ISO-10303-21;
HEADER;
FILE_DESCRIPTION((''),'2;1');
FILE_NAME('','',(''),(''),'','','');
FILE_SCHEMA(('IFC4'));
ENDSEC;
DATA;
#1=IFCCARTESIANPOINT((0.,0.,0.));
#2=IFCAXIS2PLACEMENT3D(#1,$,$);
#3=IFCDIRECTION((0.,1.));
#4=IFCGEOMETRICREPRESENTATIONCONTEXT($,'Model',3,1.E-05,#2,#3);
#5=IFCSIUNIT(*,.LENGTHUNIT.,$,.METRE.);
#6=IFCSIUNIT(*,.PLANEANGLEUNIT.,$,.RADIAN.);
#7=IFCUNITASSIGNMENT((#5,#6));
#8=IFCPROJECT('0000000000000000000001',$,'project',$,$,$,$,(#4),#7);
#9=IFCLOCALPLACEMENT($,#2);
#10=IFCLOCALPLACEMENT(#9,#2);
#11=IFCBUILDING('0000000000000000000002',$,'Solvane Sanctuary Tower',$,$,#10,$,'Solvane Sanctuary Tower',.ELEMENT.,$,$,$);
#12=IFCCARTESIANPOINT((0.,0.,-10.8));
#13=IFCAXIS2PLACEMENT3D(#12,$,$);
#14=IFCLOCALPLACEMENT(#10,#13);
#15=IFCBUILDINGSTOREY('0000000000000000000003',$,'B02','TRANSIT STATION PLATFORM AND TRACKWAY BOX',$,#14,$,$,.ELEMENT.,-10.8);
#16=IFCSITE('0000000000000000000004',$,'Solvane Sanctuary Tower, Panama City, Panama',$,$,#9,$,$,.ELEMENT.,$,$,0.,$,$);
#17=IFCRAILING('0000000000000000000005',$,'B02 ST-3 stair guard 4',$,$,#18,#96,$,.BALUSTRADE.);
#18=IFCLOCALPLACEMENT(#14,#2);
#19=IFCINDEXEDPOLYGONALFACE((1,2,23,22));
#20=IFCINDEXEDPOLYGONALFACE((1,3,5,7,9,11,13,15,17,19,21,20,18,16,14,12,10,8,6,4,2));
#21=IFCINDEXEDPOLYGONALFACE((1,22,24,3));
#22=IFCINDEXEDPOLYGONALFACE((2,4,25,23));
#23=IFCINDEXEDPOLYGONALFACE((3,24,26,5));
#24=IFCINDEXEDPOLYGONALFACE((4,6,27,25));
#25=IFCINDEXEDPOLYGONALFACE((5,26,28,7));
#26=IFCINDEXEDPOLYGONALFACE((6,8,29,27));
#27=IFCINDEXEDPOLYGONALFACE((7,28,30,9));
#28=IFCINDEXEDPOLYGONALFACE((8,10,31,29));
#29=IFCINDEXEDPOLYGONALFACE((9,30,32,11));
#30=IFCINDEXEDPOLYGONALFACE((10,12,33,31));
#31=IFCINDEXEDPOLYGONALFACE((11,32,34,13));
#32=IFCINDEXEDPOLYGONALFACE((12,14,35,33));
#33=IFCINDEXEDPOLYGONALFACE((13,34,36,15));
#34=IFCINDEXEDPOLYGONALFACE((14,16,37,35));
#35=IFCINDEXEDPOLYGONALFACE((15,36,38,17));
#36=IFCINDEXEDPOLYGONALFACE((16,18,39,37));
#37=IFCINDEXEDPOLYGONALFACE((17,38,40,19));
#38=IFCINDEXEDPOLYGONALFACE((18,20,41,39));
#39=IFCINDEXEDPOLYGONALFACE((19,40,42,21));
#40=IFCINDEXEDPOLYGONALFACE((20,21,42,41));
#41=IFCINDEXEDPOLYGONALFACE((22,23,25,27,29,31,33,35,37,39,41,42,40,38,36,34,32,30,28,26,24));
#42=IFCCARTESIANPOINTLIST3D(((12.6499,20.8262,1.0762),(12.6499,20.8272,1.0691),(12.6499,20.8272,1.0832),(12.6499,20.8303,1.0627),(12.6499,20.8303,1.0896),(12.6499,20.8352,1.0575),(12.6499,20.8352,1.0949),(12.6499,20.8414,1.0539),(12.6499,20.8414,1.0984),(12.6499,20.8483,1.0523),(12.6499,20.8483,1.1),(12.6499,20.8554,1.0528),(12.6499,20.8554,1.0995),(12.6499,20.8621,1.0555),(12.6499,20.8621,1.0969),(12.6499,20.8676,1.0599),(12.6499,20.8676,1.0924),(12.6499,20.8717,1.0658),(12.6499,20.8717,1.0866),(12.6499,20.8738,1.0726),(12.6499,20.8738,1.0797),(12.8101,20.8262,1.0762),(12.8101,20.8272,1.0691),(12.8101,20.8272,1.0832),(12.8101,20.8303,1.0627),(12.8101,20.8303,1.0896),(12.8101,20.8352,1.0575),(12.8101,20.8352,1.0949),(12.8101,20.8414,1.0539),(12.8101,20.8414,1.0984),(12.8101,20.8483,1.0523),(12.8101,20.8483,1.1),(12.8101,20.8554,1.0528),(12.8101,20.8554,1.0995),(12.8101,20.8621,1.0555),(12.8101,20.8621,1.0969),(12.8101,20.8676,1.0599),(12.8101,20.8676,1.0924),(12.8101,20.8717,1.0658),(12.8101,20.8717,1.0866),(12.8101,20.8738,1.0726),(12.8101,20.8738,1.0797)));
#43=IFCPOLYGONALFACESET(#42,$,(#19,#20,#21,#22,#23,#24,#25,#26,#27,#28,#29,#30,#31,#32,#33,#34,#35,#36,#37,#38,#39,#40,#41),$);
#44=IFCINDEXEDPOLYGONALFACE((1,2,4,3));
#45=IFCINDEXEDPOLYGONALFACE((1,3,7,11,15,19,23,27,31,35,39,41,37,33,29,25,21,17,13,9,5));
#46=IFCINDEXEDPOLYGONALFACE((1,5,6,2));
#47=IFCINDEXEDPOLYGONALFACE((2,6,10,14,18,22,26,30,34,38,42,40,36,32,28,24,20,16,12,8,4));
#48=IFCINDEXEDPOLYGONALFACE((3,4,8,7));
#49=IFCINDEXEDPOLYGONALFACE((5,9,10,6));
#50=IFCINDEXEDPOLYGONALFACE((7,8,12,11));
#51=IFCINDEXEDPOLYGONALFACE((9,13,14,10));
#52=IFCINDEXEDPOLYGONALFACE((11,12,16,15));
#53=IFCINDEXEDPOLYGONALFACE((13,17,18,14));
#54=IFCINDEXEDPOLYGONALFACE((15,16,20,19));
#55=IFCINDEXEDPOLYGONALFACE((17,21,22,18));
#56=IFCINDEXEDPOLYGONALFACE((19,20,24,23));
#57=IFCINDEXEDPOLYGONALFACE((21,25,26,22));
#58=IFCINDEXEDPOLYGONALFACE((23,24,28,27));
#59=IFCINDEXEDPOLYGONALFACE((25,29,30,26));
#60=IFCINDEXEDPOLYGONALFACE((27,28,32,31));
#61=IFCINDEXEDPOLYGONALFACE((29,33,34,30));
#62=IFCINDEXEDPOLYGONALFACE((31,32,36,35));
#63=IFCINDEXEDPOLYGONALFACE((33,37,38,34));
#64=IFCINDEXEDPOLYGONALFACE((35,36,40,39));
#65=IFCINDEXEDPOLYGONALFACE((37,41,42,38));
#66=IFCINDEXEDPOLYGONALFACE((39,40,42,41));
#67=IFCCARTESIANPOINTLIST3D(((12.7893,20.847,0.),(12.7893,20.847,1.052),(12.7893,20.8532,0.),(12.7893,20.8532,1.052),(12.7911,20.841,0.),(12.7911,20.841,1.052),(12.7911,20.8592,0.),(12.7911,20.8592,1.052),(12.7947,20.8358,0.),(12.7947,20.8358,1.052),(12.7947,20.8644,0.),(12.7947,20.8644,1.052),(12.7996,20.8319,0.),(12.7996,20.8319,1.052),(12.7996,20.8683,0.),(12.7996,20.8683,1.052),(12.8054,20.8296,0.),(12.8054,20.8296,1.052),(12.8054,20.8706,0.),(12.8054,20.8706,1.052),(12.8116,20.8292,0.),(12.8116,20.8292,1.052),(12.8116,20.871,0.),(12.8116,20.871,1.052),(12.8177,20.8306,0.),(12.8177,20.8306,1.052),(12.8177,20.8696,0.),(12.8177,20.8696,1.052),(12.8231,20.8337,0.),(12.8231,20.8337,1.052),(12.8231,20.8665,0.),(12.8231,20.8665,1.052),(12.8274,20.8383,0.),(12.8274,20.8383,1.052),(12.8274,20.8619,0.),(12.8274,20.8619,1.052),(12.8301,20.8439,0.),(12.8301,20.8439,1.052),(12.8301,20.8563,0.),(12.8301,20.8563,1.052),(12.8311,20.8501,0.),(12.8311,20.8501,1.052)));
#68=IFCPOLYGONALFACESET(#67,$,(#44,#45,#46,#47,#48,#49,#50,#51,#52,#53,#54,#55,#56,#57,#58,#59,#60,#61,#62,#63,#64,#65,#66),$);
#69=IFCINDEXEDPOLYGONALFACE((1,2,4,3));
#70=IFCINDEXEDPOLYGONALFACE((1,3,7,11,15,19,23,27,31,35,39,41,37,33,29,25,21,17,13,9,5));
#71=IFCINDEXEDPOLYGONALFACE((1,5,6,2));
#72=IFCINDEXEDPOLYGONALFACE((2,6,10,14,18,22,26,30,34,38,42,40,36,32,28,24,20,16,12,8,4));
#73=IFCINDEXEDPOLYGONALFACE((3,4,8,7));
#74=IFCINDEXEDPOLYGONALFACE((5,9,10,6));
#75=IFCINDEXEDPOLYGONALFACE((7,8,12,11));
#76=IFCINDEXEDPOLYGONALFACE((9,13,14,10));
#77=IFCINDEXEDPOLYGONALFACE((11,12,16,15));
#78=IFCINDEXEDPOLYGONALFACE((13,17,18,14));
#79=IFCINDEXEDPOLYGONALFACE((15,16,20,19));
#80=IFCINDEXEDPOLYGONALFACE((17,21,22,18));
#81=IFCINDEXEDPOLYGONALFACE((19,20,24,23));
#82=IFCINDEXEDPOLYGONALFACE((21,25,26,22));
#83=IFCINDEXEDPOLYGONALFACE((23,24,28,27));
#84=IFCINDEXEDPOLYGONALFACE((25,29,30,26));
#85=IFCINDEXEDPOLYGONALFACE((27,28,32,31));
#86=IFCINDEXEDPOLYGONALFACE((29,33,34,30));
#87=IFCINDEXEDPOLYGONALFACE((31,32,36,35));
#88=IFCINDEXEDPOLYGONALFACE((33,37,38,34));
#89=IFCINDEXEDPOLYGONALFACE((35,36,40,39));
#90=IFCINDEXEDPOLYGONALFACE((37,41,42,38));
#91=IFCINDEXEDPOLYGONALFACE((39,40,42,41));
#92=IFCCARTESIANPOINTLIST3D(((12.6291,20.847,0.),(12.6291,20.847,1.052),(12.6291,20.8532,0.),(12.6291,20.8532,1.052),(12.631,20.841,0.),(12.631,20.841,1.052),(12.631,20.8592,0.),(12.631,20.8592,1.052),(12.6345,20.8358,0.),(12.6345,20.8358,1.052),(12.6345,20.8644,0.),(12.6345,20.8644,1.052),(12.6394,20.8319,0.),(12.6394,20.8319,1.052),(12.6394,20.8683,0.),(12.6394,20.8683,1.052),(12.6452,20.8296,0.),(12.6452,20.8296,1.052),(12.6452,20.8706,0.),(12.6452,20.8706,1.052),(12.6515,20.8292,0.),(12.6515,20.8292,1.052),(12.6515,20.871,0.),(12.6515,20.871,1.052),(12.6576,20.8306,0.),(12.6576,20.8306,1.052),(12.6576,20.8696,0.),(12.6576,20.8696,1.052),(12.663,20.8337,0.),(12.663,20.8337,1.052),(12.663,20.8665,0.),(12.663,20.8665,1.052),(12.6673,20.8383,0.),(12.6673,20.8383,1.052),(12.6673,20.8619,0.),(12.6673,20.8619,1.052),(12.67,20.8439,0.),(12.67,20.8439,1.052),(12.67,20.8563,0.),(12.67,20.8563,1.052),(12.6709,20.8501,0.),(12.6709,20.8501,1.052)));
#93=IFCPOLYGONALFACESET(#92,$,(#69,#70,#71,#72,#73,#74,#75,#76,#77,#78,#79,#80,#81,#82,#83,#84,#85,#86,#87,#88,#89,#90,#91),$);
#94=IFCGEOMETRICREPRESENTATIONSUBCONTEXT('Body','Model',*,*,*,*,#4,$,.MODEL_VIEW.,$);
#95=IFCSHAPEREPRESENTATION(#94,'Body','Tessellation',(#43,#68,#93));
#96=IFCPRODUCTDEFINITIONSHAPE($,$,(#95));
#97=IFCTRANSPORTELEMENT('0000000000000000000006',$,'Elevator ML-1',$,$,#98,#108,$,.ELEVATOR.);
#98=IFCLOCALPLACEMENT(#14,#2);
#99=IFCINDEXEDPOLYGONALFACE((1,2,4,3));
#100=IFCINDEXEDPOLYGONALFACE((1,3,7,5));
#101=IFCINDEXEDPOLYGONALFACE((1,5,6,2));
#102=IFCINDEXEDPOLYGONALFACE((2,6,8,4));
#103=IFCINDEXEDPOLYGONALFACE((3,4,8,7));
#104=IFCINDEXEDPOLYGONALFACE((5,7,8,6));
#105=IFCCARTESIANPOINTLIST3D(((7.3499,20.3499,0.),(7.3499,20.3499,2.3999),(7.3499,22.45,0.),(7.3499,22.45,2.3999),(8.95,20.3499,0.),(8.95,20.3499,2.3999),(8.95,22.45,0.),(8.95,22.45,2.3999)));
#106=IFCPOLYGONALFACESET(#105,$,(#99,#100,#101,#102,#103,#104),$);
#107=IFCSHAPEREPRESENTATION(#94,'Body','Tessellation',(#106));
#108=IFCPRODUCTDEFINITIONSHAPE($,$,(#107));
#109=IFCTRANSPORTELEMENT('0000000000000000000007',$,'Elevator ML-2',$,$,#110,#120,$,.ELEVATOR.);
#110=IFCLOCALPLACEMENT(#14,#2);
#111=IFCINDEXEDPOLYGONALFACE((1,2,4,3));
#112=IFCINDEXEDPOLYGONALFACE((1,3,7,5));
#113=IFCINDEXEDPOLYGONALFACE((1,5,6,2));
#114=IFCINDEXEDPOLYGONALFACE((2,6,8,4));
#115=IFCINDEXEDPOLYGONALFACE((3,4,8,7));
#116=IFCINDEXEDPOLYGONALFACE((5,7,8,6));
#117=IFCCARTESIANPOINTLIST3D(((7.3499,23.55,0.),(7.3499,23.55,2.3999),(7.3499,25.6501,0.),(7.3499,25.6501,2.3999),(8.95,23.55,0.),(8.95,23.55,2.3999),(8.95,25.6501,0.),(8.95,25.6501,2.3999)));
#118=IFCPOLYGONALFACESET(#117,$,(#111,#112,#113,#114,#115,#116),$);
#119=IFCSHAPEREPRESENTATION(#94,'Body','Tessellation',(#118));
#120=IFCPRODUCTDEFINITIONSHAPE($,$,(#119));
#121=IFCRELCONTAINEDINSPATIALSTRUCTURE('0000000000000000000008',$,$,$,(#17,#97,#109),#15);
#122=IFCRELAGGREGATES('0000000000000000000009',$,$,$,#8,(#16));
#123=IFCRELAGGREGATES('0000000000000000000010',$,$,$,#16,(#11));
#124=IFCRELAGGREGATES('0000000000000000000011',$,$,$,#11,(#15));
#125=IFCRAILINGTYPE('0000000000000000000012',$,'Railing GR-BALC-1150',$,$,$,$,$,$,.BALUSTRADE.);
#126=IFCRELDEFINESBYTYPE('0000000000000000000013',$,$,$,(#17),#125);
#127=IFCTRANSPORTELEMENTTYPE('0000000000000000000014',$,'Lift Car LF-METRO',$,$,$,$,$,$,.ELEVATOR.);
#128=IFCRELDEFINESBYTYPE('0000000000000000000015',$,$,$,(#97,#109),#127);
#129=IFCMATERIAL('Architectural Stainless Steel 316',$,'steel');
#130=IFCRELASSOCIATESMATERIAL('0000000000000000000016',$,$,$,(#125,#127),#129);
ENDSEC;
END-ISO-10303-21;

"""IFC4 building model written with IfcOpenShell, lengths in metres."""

from ifc_helpers import new_model, si_unit, direction, frame, origin, origin_2d, place, context, subcontext, project, spatial, rectangle, circle, extrude, material, type_object, element, save


model = new_model("IFC4")

# Units and contexts
model_context = context("Model", 3, precision=1e-05, world=origin(), true_north=direction((0.0, 1.0)))
body_context = subcontext(model_context, "Body", "Model", "MODEL_VIEW")
ifc_project = project(units=[si_unit("LENGTHUNIT", "METRE"), si_unit("PLANEANGLEUNIT", "RADIAN")], contexts=[model_context])

# Site, building, storey
site_placement = place(None, origin())
site = spatial("IfcSite", under=ifc_project, at=site_placement, Name="Solvane Sanctuary Tower, Panama City, Panama", CompositionType="ELEMENT", RefElevation=0.0)
building_placement = place(site_placement, origin())
building = spatial("IfcBuilding", under=site, at=building_placement, Name="Solvane Sanctuary Tower", LongName="Solvane Sanctuary Tower", CompositionType="ELEMENT")
storey_placement = place(building_placement, frame((0.0, 0.0, -10.8)))
storey = spatial("IfcBuildingStorey", under=building, at=storey_placement, Name="B02", Description="TRANSIT STATION PLATFORM AND TRACKWAY BOX", CompositionType="ELEMENT", Elevation=-10.8)

# Shared definitions
ifc_material_1 = material(Name="Architectural Stainless Steel 316", Category="steel")

# Railing
railing_type_1 = type_object("IfcRailingType", Name="Railing GR-BALC-1150", PredefinedType="BALUSTRADE", material=ifc_material_1)
railing_1_placement = place(storey_placement, frame((12.8101, 20.8501, 0.0)))
element("IfcRailing", 1, at=railing_1_placement, inside=storey, type_object=railing_type_1, Name="B02 ST-3 stair guard 4", PredefinedType="BALUSTRADE", context=body_context, shape_type="SweptSolid", body=[
    extrude(circle(Radius=0.0239, at=origin_2d()), frame((0.0, 0.0, 1.0762), z_axis=(-1.0, 0.0, 0.0), x_axis=(0.0, -1.0, 0.0)), (0.0, 0.0, 1.0), 0.1602),
    extrude(circle(Radius=0.021, at=origin_2d()), origin(), (0.0, 0.0, 1.0), 1.052),
    extrude(circle(Radius=0.021, at=origin_2d()), frame((-0.1602, 0.0, 0.0)), (0.0, 0.0, 1.0), 1.052),
])

# Transport elements
transport_element_type = type_object("IfcTransportElementType", Name="Lift Car LF-METRO", PredefinedType="ELEVATOR", material=ifc_material_1)
for number, where, z_axis, x_axis, name in (
    (2, (8.1499, 21.3999, 0.0), (0.0, 0.0, 1.0), (1.0, 0.0, 0.0), "Elevator ML-1"),
    (3, (8.1499, 24.6001, 0.0), (0.0, 0.0, 1.0), (1.0, 0.0, 0.0), "Elevator ML-2"),
):
    element("IfcTransportElement", number, at=place(storey_placement, frame(where, z_axis=z_axis, x_axis=x_axis)), inside=storey, type_object=transport_element_type, Name=name, PredefinedType="ELEVATOR", context=body_context, shape_type="SweptSolid", body=[
        extrude(rectangle(XDim=1.6001, YDim=2.1001, at=origin_2d()), origin(), (0.0, 0.0, 1.0), 2.3999),
    ])

save(model, "model.ifc")
